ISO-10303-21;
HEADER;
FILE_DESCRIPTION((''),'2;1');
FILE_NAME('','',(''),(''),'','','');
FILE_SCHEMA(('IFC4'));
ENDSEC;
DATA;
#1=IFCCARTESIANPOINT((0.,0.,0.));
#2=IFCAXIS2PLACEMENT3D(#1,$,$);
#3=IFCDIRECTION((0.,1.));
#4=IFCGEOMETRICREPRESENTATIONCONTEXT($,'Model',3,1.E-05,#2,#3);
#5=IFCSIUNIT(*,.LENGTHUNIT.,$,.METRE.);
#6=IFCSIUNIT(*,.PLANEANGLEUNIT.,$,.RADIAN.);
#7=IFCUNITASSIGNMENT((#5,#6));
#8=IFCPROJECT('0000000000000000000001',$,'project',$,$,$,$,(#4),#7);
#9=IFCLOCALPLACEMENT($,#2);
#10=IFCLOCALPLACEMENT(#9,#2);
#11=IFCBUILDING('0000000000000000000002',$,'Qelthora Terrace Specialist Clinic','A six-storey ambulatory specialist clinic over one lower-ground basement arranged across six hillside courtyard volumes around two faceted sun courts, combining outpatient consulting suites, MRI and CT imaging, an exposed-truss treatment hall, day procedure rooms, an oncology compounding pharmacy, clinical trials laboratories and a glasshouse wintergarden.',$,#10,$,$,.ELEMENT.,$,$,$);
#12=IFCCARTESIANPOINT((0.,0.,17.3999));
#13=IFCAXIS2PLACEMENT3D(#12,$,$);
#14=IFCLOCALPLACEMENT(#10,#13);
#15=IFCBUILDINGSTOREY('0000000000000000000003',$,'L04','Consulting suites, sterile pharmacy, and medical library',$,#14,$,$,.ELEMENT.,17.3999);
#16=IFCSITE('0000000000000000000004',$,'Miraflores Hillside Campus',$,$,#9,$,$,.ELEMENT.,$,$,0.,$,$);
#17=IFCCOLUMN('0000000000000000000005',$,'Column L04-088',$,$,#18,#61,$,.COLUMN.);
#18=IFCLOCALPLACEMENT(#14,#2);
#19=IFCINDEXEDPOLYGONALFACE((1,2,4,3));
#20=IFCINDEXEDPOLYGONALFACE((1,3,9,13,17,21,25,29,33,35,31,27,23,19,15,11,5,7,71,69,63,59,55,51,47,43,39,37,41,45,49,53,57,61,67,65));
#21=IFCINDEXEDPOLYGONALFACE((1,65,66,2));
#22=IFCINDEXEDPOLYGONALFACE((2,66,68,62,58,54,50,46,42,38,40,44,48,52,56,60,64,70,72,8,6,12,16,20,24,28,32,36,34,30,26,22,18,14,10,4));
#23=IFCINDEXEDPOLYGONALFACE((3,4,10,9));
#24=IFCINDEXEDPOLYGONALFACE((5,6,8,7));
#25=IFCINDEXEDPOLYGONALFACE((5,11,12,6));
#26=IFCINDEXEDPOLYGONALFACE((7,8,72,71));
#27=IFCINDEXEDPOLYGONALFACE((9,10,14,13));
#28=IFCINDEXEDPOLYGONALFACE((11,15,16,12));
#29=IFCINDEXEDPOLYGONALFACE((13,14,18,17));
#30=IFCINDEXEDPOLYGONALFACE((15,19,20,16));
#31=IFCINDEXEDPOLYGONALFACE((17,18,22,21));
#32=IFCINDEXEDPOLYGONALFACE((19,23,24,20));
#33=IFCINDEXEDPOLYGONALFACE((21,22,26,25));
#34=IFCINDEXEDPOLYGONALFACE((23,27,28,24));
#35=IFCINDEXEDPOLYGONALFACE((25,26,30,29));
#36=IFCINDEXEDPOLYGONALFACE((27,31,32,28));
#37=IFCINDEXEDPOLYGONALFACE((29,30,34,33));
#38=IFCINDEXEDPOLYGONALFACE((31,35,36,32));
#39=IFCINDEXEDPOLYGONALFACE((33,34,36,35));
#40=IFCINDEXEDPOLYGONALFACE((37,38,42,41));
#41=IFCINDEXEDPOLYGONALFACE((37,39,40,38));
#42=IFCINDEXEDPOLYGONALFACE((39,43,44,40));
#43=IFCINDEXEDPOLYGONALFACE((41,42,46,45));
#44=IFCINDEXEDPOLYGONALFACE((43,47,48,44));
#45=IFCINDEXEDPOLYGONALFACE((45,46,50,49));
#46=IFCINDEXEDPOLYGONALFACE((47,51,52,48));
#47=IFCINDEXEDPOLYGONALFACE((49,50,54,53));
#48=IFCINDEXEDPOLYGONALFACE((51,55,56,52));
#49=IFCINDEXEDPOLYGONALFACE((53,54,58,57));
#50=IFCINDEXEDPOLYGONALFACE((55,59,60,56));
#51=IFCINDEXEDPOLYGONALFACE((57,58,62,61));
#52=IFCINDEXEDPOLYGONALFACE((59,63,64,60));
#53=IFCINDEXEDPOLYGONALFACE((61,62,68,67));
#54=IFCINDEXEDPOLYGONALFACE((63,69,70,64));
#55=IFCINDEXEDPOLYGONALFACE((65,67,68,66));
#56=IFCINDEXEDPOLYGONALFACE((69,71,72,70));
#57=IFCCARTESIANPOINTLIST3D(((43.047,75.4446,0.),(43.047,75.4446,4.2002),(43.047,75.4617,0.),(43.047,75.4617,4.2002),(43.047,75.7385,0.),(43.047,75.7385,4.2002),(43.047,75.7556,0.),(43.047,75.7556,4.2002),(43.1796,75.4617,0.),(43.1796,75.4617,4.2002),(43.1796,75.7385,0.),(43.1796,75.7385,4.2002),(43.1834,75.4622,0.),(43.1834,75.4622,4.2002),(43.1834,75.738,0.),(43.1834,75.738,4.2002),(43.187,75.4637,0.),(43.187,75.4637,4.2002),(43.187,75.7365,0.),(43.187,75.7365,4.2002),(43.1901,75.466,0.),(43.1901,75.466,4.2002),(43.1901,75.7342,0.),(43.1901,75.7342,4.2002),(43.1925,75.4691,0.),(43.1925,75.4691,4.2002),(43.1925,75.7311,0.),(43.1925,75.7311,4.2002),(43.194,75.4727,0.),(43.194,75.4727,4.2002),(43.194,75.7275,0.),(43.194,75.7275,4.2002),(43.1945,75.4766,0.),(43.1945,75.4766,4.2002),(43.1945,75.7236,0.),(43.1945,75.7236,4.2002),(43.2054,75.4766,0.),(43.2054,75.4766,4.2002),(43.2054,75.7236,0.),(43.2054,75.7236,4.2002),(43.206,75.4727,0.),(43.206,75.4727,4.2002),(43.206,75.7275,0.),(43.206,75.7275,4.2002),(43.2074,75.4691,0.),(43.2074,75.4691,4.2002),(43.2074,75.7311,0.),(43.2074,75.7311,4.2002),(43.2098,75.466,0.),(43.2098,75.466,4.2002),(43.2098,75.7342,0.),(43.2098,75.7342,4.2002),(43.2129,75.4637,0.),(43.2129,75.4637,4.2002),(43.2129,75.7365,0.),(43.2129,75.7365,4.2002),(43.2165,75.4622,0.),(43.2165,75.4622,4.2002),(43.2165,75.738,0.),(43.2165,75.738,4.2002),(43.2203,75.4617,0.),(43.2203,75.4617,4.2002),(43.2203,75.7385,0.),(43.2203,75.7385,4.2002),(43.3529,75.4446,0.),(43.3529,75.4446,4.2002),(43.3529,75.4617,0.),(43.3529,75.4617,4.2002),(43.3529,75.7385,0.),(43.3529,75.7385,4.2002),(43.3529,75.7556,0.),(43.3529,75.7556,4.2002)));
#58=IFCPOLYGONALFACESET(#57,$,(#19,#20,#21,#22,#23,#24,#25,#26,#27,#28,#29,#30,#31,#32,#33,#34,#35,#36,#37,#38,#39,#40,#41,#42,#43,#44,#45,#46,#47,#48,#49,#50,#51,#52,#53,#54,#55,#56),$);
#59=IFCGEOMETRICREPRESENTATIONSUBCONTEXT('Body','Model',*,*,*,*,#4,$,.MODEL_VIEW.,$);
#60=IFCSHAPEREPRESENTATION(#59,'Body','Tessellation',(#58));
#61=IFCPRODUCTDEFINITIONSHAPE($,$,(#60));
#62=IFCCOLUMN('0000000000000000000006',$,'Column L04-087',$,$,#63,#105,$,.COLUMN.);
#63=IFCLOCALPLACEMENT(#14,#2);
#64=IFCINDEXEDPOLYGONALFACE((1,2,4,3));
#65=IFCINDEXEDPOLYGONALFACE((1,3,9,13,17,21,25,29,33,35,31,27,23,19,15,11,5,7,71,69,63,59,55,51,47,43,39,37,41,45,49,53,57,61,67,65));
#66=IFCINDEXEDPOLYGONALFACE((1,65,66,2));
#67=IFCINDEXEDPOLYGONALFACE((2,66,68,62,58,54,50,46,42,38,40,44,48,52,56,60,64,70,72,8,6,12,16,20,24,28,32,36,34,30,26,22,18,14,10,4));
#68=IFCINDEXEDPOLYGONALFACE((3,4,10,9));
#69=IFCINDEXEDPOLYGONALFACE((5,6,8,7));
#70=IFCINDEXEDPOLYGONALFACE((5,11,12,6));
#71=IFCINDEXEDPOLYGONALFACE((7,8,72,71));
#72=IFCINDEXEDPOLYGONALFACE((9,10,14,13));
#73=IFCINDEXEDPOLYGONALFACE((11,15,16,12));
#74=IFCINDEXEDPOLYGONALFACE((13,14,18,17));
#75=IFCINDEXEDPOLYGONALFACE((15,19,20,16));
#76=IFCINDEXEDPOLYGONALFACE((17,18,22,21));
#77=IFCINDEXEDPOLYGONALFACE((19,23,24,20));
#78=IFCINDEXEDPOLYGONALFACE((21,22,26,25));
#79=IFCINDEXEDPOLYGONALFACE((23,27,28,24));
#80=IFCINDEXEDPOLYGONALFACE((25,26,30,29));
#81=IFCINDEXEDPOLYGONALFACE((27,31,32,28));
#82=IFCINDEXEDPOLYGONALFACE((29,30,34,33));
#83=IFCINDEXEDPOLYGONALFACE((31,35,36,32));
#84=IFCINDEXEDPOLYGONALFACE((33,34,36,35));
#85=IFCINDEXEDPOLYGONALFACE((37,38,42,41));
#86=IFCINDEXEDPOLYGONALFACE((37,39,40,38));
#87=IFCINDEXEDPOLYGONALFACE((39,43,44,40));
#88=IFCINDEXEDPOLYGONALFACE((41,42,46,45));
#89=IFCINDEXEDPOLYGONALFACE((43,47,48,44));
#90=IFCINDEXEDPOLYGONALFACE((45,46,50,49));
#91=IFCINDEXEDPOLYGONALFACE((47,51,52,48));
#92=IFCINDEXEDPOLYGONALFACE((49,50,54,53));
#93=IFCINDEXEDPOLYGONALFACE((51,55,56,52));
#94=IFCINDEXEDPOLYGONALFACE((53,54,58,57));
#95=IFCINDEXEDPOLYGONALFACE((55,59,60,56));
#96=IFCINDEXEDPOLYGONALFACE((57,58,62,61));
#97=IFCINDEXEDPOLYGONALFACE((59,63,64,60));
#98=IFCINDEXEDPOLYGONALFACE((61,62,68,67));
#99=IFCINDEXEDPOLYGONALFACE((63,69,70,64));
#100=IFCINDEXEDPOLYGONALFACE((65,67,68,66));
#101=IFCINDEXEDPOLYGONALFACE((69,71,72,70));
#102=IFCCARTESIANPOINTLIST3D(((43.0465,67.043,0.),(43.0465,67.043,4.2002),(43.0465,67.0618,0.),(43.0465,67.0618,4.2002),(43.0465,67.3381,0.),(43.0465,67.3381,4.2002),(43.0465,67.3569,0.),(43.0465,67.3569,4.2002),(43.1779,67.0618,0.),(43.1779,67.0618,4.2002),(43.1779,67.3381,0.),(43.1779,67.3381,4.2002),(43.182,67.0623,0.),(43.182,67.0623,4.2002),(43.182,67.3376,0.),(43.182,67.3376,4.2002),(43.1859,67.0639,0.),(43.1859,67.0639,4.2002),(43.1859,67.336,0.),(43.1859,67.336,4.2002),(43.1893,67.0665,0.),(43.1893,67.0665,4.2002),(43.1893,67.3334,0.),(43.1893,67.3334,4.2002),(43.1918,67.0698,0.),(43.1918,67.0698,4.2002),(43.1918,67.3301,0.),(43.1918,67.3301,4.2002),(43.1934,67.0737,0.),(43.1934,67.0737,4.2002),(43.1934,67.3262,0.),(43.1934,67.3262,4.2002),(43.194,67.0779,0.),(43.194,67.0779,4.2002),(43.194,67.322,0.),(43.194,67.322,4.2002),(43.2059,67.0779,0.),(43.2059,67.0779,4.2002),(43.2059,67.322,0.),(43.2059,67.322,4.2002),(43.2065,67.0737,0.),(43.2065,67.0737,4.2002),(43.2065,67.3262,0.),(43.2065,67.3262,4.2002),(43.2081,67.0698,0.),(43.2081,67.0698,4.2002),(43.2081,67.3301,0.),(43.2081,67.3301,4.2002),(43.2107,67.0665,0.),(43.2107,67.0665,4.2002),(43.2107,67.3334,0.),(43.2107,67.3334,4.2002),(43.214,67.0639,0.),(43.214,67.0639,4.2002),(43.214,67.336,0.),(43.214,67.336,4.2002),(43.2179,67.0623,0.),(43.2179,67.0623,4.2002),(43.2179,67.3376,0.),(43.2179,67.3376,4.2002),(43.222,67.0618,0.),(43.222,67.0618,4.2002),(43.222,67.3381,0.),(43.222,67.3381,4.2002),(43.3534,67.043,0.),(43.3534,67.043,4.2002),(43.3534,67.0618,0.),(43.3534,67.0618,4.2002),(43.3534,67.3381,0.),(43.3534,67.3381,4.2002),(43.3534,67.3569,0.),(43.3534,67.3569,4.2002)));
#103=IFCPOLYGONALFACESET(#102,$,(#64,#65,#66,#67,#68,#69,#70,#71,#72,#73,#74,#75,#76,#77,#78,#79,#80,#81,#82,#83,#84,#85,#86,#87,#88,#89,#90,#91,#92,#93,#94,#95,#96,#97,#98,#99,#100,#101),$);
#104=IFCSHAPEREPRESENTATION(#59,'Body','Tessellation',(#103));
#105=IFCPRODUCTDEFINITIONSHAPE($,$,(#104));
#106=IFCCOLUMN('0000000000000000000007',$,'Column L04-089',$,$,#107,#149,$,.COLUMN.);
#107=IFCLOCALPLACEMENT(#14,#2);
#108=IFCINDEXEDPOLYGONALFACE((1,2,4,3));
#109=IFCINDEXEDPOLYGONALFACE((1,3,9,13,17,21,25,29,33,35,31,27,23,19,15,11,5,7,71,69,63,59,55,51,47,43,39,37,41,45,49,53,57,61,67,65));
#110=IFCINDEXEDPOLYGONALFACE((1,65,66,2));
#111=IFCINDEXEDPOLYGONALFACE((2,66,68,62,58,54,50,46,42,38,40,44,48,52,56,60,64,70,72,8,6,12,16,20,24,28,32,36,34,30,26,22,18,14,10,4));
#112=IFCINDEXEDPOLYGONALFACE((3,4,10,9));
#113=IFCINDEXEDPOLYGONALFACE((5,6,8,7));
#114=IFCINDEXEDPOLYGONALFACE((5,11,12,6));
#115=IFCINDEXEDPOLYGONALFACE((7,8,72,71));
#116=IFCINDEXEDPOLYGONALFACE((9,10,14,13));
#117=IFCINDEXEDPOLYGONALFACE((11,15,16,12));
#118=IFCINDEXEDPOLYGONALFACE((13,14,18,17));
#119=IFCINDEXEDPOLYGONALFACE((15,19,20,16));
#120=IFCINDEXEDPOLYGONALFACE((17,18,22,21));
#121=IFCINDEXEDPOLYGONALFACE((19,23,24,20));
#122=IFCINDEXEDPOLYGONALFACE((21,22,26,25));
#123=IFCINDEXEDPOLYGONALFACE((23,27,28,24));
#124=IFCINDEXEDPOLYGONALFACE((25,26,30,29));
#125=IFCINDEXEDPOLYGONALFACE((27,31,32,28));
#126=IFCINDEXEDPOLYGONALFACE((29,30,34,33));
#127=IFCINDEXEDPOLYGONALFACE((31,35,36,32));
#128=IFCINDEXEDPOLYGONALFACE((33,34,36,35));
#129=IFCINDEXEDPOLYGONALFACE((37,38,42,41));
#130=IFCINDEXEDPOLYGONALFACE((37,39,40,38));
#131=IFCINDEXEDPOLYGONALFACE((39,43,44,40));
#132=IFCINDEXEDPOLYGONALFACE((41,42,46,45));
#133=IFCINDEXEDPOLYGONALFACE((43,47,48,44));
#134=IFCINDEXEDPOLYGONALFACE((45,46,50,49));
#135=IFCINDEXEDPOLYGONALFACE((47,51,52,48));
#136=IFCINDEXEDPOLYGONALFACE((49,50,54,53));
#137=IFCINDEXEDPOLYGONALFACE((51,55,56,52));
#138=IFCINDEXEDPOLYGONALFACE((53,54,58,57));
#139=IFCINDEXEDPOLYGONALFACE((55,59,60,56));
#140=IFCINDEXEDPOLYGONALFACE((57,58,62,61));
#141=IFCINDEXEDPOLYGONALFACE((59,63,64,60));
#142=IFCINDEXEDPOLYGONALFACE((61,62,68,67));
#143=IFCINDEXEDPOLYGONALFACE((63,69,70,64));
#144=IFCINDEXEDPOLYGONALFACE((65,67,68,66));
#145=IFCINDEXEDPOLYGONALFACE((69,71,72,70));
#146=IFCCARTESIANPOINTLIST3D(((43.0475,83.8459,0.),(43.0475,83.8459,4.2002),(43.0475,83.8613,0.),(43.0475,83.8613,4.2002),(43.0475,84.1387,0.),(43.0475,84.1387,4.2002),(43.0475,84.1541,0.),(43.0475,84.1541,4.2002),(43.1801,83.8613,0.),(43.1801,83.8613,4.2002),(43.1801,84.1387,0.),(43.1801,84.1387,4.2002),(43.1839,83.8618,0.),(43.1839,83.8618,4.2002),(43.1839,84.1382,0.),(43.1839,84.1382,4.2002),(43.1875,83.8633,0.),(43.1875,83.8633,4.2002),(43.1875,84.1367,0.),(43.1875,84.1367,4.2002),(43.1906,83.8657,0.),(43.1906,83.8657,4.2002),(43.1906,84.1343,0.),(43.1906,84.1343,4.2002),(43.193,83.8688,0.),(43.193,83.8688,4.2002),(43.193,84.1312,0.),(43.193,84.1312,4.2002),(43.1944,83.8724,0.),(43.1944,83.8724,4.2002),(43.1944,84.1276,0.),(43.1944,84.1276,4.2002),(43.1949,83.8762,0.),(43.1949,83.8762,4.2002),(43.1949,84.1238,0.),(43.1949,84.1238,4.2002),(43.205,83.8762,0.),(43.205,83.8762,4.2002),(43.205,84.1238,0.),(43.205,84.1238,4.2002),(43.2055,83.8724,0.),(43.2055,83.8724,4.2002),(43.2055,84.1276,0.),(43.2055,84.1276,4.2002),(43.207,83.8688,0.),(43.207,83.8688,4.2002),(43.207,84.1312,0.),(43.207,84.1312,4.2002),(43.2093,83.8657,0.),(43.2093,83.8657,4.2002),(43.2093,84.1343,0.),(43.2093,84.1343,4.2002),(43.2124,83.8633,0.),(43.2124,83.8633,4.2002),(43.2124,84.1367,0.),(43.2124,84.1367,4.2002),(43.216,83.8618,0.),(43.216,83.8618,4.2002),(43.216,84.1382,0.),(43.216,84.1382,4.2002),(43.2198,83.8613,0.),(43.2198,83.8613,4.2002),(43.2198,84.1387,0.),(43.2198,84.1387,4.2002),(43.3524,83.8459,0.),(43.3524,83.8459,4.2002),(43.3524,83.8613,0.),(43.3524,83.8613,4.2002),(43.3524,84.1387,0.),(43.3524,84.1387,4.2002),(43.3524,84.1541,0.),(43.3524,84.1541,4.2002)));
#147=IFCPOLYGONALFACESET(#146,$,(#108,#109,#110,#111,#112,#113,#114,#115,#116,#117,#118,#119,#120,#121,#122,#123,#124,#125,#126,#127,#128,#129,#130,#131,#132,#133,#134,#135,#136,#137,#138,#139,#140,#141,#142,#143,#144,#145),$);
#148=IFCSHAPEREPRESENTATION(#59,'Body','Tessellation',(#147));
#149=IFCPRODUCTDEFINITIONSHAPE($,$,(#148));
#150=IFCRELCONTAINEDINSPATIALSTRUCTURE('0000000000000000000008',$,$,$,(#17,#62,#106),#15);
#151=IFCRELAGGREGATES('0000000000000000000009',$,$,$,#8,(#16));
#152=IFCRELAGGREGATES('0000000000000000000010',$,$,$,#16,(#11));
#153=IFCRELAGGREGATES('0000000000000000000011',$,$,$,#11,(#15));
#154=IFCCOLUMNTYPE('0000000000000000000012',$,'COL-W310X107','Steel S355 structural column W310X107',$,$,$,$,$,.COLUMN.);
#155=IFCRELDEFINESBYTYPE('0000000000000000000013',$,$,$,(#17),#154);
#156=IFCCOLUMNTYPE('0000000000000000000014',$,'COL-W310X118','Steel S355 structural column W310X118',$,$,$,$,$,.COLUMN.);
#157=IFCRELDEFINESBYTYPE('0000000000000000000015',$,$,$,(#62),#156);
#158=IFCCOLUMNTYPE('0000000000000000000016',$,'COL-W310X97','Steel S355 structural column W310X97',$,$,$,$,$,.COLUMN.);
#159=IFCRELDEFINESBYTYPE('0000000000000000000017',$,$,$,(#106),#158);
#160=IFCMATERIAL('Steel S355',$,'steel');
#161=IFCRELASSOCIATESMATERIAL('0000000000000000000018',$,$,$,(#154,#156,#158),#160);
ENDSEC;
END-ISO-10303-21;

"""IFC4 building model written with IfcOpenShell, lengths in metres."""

from ifc_helpers import new_model, si_unit, direction, frame, origin, origin_2d, place, context, subcontext, project, spatial, i_section, extrude, material, material_profile, profile_set, type_object, element, save


model = new_model("IFC4")

# Units and contexts
model_context = context("Model", 3, precision=1e-05, world=origin(), true_north=direction((0.0, 1.0)))
body_context = subcontext(model_context, "Body", "Model", "MODEL_VIEW")
ifc_project = project(units=[si_unit("LENGTHUNIT", "METRE"), si_unit("PLANEANGLEUNIT", "RADIAN")], contexts=[model_context])

# Site, building, storey
site_placement = place(None, origin())
site = spatial("IfcSite", under=ifc_project, at=site_placement, Name="Miraflores Hillside Campus", CompositionType="ELEMENT", RefElevation=0.0)
building_placement = place(site_placement, origin())
building = spatial("IfcBuilding", under=site, at=building_placement, Name="Qelthora Terrace Specialist Clinic", Description="A six-storey ambulatory specialist clinic over one lower-ground basement arranged across six hillside courtyard volumes around two faceted sun courts, combining outpatient consulting suites, MRI and CT imaging, an exposed-truss treatment hall, day procedure rooms, an oncology compounding pharmacy, clinical trials laboratories and a glasshouse wintergarden.", CompositionType="ELEMENT")
storey_placement = place(building_placement, frame((0.0, 0.0, 17.3999)))
storey = spatial("IfcBuildingStorey", under=building, at=storey_placement, Name="L04", Description="Consulting suites, sterile pharmacy, and medical library", CompositionType="ELEMENT", Elevation=17.3999)

# Columns
ifc_material_1 = material(Name="Steel S355", Category="steel")
ifc_material_profile_1 = material_profile(ifc_material_1, i_section(OverallWidth=0.3059, OverallDepth=0.311, WebThickness=0.011, FlangeThickness=0.0171, FilletRadius=0.0149, at=origin_2d()), Name="W310X107")
ifc_profile_set_1 = profile_set([ifc_material_profile_1], Name="Steel S355")
column_type_1 = type_object("IfcColumnType", Name="COL-W310X107", Description="Steel S355 structural column W310X107", PredefinedType="COLUMN", material=ifc_profile_set_1)
column_1_placement = place(storey_placement, frame((43.2, 75.6001, 0.0), z_axis=(0.0, 0.0, 1.0), x_axis=(1.0, 0.0, 0.0)))
element("IfcColumn", 1, at=column_1_placement, inside=storey, type_object=column_type_1, Name="Column L04-088", PredefinedType="COLUMN", context=body_context, shape_type="SweptSolid", body=[
    extrude(i_section(OverallWidth=0.3059, OverallDepth=0.311, WebThickness=0.011, FlangeThickness=0.0171, FilletRadius=0.0149, at=origin_2d()), origin(), (0.0, 0.0, 1.0), 4.2002),
])
ifc_material_profile_2 = material_profile(ifc_material_1, i_section(OverallWidth=0.3069, OverallDepth=0.314, WebThickness=0.012, FlangeThickness=0.0188, FilletRadius=0.0161, at=origin_2d()), Name="W310X118")
ifc_profile_set_2 = profile_set([ifc_material_profile_2], Name="Steel S355")
column_type_2 = type_object("IfcColumnType", Name="COL-W310X118", Description="Steel S355 structural column W310X118", PredefinedType="COLUMN", material=ifc_profile_set_2)
column_2_placement = place(storey_placement, frame((43.2, 67.2, 0.0), z_axis=(0.0, 0.0, 1.0), x_axis=(1.0, 0.0, 0.0)))
element("IfcColumn", 2, at=column_2_placement, inside=storey, type_object=column_type_2, Name="Column L04-087", PredefinedType="COLUMN", context=body_context, shape_type="SweptSolid", body=[
    extrude(i_section(OverallWidth=0.3069, OverallDepth=0.314, WebThickness=0.012, FlangeThickness=0.0188, FilletRadius=0.0161, at=origin_2d()), origin(), (0.0, 0.0, 1.0), 4.2002),
])
ifc_material_profile_3 = material_profile(ifc_material_1, i_section(OverallWidth=0.3049, OverallDepth=0.3081, WebThickness=0.01, FlangeThickness=0.0154, FilletRadius=0.0149, at=origin_2d()), Name="W310X97")
ifc_profile_set_3 = profile_set([ifc_material_profile_3], Name="Steel S355")
column_type_3 = type_object("IfcColumnType", Name="COL-W310X97", Description="Steel S355 structural column W310X97", PredefinedType="COLUMN", material=ifc_profile_set_3)
column_3_placement = place(storey_placement, frame((43.2, 84.0, 0.0), z_axis=(0.0, 0.0, 1.0), x_axis=(1.0, 0.0, 0.0)))
element("IfcColumn", 3, at=column_3_placement, inside=storey, type_object=column_type_3, Name="Column L04-089", PredefinedType="COLUMN", context=body_context, shape_type="SweptSolid", body=[
    extrude(i_section(OverallWidth=0.3049, OverallDepth=0.3081, WebThickness=0.01, FlangeThickness=0.0154, FilletRadius=0.0149, at=origin_2d()), origin(), (0.0, 0.0, 1.0), 4.2002),
])

save(model, "model.ifc")
